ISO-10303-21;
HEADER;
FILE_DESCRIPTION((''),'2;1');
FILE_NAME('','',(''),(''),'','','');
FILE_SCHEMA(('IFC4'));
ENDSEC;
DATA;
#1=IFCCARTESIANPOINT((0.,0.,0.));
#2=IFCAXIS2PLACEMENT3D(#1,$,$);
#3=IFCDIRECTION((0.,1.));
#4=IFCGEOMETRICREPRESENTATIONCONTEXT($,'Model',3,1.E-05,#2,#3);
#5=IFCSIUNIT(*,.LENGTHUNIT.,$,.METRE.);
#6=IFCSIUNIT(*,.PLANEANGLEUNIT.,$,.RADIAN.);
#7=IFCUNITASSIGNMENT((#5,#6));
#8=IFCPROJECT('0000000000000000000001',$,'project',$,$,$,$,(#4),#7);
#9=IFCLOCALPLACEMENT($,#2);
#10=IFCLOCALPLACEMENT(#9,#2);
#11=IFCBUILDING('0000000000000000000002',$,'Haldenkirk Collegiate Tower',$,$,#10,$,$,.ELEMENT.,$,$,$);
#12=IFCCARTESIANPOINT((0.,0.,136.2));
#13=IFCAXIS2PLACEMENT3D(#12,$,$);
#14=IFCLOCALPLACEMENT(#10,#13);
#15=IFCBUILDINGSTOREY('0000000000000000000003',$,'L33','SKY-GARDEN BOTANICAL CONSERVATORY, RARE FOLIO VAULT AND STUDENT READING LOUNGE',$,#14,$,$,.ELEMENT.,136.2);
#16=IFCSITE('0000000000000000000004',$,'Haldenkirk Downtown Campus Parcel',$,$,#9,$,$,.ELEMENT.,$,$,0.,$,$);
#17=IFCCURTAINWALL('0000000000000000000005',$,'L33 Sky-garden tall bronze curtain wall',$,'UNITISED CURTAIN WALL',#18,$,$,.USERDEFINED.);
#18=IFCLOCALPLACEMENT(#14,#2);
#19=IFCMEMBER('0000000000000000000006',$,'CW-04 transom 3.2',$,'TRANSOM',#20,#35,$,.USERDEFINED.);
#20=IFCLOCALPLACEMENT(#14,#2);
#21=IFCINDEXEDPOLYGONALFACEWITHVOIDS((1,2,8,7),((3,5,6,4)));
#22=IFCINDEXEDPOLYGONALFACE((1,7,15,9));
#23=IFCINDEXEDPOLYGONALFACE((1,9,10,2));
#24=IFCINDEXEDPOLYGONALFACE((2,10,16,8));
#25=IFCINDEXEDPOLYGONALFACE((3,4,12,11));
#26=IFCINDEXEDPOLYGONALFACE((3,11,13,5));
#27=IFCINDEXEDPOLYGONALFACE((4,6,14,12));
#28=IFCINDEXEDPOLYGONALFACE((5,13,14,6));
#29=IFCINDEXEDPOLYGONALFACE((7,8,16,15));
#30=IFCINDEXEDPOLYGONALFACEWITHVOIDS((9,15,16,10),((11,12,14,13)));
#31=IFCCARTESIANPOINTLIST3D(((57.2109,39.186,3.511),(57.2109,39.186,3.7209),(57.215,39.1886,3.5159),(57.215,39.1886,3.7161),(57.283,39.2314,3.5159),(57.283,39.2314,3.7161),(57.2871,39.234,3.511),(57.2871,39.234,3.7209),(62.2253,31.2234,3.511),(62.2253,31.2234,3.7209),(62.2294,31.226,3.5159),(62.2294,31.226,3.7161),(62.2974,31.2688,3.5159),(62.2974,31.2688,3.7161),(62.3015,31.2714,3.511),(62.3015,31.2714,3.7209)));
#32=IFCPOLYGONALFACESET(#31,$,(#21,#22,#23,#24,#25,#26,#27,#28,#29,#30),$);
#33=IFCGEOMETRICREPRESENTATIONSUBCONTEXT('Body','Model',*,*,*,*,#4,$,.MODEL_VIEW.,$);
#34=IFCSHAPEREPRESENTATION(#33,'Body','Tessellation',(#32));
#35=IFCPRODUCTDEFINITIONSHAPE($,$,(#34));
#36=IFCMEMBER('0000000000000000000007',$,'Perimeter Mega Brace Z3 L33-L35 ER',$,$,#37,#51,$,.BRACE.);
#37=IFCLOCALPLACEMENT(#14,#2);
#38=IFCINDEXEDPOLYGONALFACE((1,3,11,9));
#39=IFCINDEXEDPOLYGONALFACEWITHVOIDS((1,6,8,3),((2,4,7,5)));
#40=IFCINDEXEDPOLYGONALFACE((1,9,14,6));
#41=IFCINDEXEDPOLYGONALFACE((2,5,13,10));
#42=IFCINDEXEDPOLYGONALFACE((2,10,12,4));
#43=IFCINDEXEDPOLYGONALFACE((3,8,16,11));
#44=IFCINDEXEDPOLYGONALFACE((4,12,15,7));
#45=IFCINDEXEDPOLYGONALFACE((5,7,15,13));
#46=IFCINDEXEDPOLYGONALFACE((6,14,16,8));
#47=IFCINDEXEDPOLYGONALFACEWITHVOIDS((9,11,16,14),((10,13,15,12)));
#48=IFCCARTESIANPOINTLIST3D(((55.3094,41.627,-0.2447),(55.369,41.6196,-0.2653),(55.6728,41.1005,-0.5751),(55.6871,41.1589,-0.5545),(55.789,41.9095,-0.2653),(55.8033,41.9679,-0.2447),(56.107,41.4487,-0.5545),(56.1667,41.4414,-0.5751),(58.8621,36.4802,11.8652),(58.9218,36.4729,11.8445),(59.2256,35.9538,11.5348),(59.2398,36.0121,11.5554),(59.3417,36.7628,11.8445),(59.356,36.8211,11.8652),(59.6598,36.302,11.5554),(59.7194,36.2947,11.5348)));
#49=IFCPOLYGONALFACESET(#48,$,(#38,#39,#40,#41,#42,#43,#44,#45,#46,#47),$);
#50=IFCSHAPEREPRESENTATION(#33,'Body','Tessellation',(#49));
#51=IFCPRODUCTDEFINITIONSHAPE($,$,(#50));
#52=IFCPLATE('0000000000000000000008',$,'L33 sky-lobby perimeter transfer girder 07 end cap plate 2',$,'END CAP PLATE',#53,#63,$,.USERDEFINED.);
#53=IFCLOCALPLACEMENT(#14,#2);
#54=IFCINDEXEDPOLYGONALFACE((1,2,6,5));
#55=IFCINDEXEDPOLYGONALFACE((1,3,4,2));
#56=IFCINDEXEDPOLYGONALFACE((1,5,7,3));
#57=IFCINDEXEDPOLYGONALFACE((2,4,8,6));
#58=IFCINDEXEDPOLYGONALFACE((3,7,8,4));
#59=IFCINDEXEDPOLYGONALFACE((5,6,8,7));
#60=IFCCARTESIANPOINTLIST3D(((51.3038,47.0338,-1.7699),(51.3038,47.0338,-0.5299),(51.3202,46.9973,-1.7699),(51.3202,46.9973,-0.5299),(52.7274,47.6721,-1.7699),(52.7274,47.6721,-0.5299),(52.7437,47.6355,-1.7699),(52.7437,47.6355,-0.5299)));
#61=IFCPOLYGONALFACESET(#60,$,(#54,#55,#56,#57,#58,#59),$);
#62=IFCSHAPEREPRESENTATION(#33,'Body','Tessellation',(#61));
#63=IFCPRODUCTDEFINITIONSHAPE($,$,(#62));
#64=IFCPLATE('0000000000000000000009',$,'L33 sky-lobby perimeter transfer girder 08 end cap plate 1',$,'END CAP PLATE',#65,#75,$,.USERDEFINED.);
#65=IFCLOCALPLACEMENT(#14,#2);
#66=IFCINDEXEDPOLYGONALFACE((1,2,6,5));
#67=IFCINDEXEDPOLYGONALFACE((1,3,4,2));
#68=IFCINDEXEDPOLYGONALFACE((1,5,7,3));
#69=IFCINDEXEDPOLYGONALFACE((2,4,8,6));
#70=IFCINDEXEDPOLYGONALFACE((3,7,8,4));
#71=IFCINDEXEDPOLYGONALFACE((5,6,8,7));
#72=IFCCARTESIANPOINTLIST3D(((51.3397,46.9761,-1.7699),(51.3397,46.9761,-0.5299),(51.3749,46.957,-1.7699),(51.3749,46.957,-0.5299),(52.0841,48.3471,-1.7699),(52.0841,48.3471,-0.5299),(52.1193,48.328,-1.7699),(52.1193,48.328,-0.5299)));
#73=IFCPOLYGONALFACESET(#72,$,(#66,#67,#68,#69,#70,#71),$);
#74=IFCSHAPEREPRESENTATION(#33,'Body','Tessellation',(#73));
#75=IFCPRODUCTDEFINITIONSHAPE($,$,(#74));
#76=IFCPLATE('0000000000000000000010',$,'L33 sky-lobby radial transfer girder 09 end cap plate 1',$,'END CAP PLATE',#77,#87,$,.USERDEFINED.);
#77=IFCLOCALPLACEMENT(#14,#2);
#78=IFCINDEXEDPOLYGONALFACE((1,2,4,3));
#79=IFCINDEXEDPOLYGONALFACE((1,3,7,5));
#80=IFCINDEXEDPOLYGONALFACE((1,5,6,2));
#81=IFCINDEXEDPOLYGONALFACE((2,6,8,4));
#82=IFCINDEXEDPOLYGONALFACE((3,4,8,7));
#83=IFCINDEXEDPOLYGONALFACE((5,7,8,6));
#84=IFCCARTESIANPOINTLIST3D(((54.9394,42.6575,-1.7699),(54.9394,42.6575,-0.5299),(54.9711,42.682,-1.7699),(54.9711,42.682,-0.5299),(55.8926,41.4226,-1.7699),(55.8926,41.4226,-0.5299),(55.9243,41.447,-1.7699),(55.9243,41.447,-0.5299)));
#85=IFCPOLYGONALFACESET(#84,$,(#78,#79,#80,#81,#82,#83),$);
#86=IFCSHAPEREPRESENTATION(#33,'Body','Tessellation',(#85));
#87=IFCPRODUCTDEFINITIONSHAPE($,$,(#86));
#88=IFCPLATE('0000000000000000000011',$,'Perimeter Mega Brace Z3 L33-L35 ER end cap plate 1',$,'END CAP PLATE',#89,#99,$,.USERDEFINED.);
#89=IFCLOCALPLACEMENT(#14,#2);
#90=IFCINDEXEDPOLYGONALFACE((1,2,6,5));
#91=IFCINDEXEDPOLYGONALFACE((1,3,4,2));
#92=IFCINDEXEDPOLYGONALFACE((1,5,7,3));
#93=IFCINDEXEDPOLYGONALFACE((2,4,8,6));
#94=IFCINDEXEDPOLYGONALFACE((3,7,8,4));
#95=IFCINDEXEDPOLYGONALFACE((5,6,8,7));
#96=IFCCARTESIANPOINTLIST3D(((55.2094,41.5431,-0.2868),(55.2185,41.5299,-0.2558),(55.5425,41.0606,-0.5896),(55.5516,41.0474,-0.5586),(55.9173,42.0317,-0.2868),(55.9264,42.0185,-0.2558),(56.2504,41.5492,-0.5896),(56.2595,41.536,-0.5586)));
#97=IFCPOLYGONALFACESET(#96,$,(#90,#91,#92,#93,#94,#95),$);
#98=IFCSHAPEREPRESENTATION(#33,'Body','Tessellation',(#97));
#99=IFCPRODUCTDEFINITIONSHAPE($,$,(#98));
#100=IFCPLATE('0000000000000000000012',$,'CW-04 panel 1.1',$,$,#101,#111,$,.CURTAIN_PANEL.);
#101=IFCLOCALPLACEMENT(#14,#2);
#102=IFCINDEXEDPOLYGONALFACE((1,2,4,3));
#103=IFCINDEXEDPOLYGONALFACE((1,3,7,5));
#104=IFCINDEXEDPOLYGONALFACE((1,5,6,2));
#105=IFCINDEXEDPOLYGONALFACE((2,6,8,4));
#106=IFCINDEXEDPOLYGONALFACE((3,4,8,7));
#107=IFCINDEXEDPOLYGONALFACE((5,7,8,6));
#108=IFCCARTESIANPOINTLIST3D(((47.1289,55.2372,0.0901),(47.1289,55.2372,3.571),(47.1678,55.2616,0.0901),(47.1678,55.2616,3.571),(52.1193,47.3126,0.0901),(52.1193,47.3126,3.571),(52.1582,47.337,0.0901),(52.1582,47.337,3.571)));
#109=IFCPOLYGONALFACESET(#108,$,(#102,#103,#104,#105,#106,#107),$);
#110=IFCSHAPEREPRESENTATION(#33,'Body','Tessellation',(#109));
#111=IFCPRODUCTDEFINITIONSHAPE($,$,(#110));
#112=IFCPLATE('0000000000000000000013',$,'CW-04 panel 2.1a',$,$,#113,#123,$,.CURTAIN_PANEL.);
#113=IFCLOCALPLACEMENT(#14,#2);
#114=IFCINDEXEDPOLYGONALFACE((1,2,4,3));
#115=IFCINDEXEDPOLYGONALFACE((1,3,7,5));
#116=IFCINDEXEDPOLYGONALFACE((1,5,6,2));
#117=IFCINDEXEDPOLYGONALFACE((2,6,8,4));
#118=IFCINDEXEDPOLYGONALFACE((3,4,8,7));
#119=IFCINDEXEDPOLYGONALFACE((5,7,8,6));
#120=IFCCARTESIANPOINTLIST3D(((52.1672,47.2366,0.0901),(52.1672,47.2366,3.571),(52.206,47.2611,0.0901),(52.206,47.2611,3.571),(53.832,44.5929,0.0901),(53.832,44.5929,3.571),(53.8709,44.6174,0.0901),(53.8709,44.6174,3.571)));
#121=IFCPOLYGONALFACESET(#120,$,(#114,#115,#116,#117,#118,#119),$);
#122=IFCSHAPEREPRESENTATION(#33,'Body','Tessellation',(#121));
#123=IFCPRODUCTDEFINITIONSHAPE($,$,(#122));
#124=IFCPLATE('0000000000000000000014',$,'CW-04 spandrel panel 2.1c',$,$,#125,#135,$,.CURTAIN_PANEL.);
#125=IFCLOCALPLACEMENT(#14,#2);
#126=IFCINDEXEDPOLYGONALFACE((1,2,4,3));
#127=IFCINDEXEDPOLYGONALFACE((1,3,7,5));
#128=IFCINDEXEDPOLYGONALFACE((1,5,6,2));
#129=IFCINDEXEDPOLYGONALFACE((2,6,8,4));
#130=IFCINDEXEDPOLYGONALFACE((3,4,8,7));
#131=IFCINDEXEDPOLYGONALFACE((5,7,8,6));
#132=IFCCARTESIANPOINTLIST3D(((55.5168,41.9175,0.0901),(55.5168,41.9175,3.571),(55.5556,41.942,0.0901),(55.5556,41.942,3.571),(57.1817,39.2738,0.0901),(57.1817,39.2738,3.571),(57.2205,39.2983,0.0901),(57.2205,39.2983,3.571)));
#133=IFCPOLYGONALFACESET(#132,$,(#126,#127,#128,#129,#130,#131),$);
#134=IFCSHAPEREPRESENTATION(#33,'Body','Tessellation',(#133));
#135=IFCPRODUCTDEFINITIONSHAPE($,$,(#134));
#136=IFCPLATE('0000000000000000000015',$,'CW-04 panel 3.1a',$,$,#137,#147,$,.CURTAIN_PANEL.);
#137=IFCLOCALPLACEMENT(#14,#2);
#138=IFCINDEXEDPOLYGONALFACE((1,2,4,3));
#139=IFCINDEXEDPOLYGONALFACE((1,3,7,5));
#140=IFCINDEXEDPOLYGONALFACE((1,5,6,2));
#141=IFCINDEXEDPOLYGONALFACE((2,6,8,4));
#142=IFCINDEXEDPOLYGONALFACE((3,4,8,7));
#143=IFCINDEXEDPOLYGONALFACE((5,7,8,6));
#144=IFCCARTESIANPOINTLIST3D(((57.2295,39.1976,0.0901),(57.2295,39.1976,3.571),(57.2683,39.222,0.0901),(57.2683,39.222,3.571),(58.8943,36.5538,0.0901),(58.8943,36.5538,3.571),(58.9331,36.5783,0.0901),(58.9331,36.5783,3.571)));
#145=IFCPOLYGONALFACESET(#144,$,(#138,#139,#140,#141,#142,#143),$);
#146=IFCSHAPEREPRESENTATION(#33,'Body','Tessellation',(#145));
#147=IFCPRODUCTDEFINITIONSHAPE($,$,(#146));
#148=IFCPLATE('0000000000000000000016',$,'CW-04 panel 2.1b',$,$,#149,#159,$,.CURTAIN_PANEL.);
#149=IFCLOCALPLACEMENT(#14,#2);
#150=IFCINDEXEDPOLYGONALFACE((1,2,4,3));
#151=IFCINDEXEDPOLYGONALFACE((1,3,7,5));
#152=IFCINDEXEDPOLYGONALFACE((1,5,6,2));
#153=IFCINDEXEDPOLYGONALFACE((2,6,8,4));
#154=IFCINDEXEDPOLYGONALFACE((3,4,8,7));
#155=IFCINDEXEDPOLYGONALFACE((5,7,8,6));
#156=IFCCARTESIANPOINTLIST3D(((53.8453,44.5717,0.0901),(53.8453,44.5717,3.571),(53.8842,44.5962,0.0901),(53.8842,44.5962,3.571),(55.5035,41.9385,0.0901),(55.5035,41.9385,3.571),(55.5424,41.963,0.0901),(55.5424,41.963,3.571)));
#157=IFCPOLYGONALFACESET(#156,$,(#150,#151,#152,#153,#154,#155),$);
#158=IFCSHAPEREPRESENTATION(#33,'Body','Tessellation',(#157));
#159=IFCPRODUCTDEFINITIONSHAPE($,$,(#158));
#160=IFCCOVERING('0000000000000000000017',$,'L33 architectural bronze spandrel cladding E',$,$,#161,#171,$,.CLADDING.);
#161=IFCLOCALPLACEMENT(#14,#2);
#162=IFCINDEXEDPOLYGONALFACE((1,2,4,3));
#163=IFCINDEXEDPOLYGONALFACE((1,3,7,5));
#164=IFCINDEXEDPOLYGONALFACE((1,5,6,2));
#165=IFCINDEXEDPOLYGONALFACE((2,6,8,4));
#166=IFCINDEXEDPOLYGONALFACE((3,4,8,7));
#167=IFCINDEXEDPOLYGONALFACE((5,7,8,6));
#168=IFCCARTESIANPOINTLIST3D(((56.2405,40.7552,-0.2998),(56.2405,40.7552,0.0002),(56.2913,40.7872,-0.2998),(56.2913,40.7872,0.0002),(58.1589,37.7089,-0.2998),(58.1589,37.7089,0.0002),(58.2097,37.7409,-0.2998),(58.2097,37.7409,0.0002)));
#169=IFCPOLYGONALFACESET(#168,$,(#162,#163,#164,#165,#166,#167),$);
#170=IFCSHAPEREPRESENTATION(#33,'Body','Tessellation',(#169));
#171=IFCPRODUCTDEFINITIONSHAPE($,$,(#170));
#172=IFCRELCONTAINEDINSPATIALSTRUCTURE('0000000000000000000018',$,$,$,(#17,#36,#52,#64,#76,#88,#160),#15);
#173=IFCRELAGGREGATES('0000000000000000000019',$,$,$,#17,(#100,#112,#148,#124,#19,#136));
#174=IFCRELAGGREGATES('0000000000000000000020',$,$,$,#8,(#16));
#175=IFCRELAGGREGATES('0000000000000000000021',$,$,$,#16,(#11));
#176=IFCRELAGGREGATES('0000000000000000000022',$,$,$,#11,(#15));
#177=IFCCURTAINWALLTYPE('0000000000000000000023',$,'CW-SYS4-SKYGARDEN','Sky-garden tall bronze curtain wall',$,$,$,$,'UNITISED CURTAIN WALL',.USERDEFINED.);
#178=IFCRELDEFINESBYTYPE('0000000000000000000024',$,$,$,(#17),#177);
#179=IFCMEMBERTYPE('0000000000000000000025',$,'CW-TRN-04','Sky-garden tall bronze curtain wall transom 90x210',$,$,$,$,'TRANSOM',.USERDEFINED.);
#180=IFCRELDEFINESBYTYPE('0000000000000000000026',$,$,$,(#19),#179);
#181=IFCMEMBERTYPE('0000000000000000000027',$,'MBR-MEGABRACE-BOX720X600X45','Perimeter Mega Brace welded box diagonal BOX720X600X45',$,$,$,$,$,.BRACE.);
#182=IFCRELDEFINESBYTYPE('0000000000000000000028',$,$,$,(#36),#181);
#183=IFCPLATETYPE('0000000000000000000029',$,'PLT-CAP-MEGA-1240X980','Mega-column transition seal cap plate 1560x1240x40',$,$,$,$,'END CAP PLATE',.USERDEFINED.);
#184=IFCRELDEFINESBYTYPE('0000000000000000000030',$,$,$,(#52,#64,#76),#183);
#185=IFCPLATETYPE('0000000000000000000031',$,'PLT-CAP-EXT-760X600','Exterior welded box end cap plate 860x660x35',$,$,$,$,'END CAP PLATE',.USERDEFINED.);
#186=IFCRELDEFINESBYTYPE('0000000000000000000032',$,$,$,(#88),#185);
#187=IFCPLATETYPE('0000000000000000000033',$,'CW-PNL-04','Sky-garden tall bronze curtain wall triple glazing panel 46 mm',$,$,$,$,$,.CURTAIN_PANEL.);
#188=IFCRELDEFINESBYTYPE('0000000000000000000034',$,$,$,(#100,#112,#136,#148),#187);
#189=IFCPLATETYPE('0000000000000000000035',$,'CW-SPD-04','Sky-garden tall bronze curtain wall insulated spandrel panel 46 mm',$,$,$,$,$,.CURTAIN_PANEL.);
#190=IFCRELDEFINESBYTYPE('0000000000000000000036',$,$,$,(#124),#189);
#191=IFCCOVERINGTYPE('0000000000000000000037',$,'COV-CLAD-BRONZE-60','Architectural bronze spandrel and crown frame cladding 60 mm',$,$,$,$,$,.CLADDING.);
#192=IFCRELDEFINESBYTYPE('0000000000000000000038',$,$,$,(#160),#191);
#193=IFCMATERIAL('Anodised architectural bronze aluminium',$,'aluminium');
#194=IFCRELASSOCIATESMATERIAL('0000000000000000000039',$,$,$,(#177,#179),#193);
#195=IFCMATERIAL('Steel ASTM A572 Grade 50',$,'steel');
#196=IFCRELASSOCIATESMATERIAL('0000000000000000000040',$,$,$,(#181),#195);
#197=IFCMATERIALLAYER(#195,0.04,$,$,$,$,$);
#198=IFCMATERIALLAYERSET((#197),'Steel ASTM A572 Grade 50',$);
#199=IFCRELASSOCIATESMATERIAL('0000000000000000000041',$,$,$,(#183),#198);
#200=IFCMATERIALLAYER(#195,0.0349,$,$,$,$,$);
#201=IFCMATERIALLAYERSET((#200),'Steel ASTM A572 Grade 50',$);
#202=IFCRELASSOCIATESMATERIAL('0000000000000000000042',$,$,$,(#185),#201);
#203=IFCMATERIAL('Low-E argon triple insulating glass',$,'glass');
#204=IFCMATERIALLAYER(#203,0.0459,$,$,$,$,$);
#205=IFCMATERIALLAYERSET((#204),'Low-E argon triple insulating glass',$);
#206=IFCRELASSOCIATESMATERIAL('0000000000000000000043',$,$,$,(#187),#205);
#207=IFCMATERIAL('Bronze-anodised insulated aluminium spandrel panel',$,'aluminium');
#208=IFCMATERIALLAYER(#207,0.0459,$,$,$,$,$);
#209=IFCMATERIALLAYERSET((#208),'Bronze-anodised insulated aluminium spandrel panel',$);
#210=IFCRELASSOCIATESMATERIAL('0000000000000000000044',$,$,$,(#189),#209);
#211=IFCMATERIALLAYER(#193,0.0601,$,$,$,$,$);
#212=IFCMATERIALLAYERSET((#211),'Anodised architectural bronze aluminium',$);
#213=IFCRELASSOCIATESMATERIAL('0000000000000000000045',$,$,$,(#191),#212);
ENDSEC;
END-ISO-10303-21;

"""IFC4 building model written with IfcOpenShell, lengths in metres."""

from ifc_helpers import new_model, si_unit, direction, frame, origin, origin_2d, place, context, subcontext, project, spatial, rectangle, hollow_rectangle, extrude, source, transform, mapped, material, layer, layer_set, material_profile, profile_set, type_object, element, aggregate, save


model = new_model("IFC4")

# Units and contexts
model_context = context("Model", 3, precision=1e-05, world=origin(), true_north=direction((0.0, 1.0)))
body_context = subcontext(model_context, "Body", "Model", "MODEL_VIEW")
ifc_project = project(units=[si_unit("LENGTHUNIT", "METRE"), si_unit("PLANEANGLEUNIT", "RADIAN")], contexts=[model_context])

# Site, building, storey
site_placement = place(None, origin())
site = spatial("IfcSite", under=ifc_project, at=site_placement, Name="Haldenkirk Downtown Campus Parcel", CompositionType="ELEMENT", RefElevation=0.0)
building_placement = place(site_placement, origin())
building = spatial("IfcBuilding", under=site, at=building_placement, Name="Haldenkirk Collegiate Tower", CompositionType="ELEMENT")
storey_placement = place(building_placement, frame((0.0, 0.0, 136.2)))
storey = spatial("IfcBuildingStorey", under=building, at=storey_placement, Name="L33", Description="SKY-GARDEN BOTANICAL CONSERVATORY, RARE FOLIO VAULT AND STUDENT READING LOUNGE", CompositionType="ELEMENT", Elevation=136.2)

# Shared definitions
ifc_material_1 = material(Name="Steel ASTM A572 Grade 50", Category="steel")

# Curtain wall, member
ifc_material_2 = material(Name="Anodised architectural bronze aluminium", Category="aluminium")
curtain_wall_type = type_object("IfcCurtainWallType", Name="CW-SYS4-SKYGARDEN", Description="Sky-garden tall bronze curtain wall", ElementType="UNITISED CURTAIN WALL", PredefinedType="USERDEFINED", material=ifc_material_2)
curtain_wall_placement = place(storey_placement, origin())
curtain_wall = element("IfcCurtainWall", 1, at=curtain_wall_placement, inside=storey, type_object=curtain_wall_type, Name="L33 Sky-garden tall bronze curtain wall", ObjectType="UNITISED CURTAIN WALL", PredefinedType="USERDEFINED")
ifc_material_profile_1 = material_profile(ifc_material_2, hollow_rectangle(XDim=0.0901, YDim=0.21, WallThickness=0.0049, at=origin_2d()), Name="CW-TRN-04")
ifc_profile_set_1 = profile_set([ifc_material_profile_1], Name="Anodised architectural bronze aluminium")
member_type_1 = type_object("IfcMemberType", Name="CW-TRN-04", Description="Sky-garden tall bronze curtain wall transom 90x210", ElementType="TRANSOM", PredefinedType="USERDEFINED", material=ifc_profile_set_1)
member_1_placement = place(storey_placement, frame((57.249, 39.21, 3.616), z_axis=(0.532881, -0.84619, 0.0), x_axis=(0.84619, 0.532881, 0.0)))
member_1 = element("IfcMember", 2, at=member_1_placement, type_object=member_type_1, Name="CW-04 transom 3.2", ObjectType="TRANSOM", PredefinedType="USERDEFINED", context=body_context, shape_type="SweptSolid", body=[
    extrude(hollow_rectangle(XDim=0.0901, YDim=0.21, WallThickness=0.0049, at=origin_2d()), origin(), (0.0, 0.0, 1.0), 9.4099),
])

# Member
ifc_material_profile_2 = material_profile(ifc_material_1, hollow_rectangle(XDim=0.6001, YDim=0.72, WallThickness=0.0449, at=origin_2d()), Name="BOX720X600X45")
ifc_profile_set_2 = profile_set([ifc_material_profile_2], Name="Steel ASTM A572 Grade 50")
member_type_2 = type_object("IfcMemberType", Name="MBR-MEGABRACE-BOX720X600X45", Description="Perimeter Mega Brace welded box diagonal BOX720X600X45", PredefinedType="BRACE", material=ifc_profile_set_2)
member_2_placement = place(storey_placement, frame((55.738, 41.5342, -0.4099), z_axis=(0.260668, -0.377621, 0.888513), x_axis=(0.822969, 0.568087, 0.0)))
element("IfcMember", 3, at=member_2_placement, inside=storey, type_object=member_type_2, Name="Perimeter Mega Brace Z3 L33-L35 ER", PredefinedType="BRACE", context=body_context, shape_type="SweptSolid", body=[
    extrude(hollow_rectangle(XDim=0.6001, YDim=0.72, WallThickness=0.0449, at=origin_2d()), origin(), (0.0, 0.0, 1.0), 13.6294),
])

# Plates
ifc_layer_1 = layer(ifc_material_1, 0.04)
ifc_layer_set_1 = layer_set([ifc_layer_1], Name="Steel ASTM A572 Grade 50")
plate_type_1 = type_object("IfcPlateType", Name="PLT-CAP-MEGA-1240X980", Description="Mega-column transition seal cap plate 1560x1240x40", ElementType="END CAP PLATE", PredefinedType="USERDEFINED", material=ifc_layer_set_1)
shared_shape_1 = source(origin(), body_context, "Body", "SweptSolid", [
    extrude(rectangle(XDim=1.5601, YDim=1.24, at=origin_2d()), origin(), (0.0, 0.0, 1.0), 0.04),
])
for number, where, z_axis, x_axis, name in (
    (4, (52.032, 47.3164, -1.1499), (-0.409132, 0.912475, 0.0), (-0.912475, -0.409132, 0.0), "L33 sky-lobby perimeter transfer girder 07 end cap plate 2"),
    (5, (51.7119, 47.6616, -1.1499), (0.878827, -0.47714, 0.0), (0.47714, 0.878827, 0.0), "L33 sky-lobby perimeter transfer girder 08 end cap plate 1"),
    (6, (55.416, 42.04, -1.1499), (0.791606, 0.611032, 0.0), (-0.611032, 0.791606, 0.0), "L33 sky-lobby radial transfer girder 09 end cap plate 1"),
):
    element("IfcPlate", number, at=place(storey_placement, frame(where, z_axis=z_axis, x_axis=x_axis)), inside=storey, type_object=plate_type_1, Name=name, ObjectType="END CAP PLATE", PredefinedType="USERDEFINED", context=body_context, shape_type="MappedRepresentation", body=[
        mapped(shared_shape_1, transform((0.0, 0.0, 0.0), x_axis=(1.0, 0.0, 0.0), y_axis=(0.0, 1.0, 0.0), z_axis=(0.0, 0.0, 1.0), scale=1.0)),
    ])
ifc_layer_2 = layer(ifc_material_1, 0.0349)
ifc_layer_set_2 = layer_set([ifc_layer_2], Name="Steel ASTM A572 Grade 50")
plate_type_2 = type_object("IfcPlateType", Name="PLT-CAP-EXT-760X600", Description="Exterior welded box end cap plate 860x660x35", ElementType="END CAP PLATE", PredefinedType="USERDEFINED", material=ifc_layer_set_2)
shared_shape_2 = source(origin(), body_context, "Body", "SweptSolid", [
    extrude(rectangle(XDim=0.8601, YDim=0.6599, at=origin_2d()), origin(), (0.0, 0.0, 1.0), 0.0349),
])
plate_1_placement = place(storey_placement, frame((55.739, 41.533, -0.4072), z_axis=(-0.260664, 0.377609, -0.888519), x_axis=(-0.822964, -0.568093, 0.0)))
element("IfcPlate", 7, at=plate_1_placement, inside=storey, type_object=plate_type_2, Name="Perimeter Mega Brace Z3 L33-L35 ER end cap plate 1", ObjectType="END CAP PLATE", PredefinedType="USERDEFINED", context=body_context, shape_type="MappedRepresentation", body=[
    mapped(shared_shape_2, transform((0.0, 0.0, 0.0), x_axis=(1.0, 0.0, 0.0), y_axis=(0.0, 1.0, 0.0), z_axis=(0.0, 0.0, 1.0), scale=1.0)),
])

# Plates
ifc_material_3 = material(Name="Low-E argon triple insulating glass", Category="glass")
ifc_layer_3 = layer(ifc_material_3, 0.0459)
ifc_layer_set_3 = layer_set([ifc_layer_3], Name="Low-E argon triple insulating glass")
plate_type_3 = type_object("IfcPlateType", Name="CW-PNL-04", Description="Sky-garden tall bronze curtain wall triple glazing panel 46 mm", PredefinedType="CURTAIN_PANEL", material=ifc_layer_set_3)
shared_shape_3 = source(origin(), body_context, "Body", "SweptSolid", [
    extrude(rectangle(XDim=9.365, YDim=0.0459, at=origin_2d()), origin(), (0.0, 0.0, 1.0), 3.481),
])
plate_2_placement = place(storey_placement, frame((49.6436, 51.2871, 0.0901), z_axis=(0.0, 0.0, 1.0), x_axis=(0.532877, -0.846193, 0.0)))
plate_2 = element("IfcPlate", 8, at=plate_2_placement, type_object=plate_type_3, Name="CW-04 panel 1.1", PredefinedType="CURTAIN_PANEL", context=body_context, shape_type="MappedRepresentation", body=[
    mapped(shared_shape_3, transform((0.0, 0.0, 0.0), x_axis=(1.0, 0.0, 0.0), y_axis=(0.0, 1.0, 0.0), z_axis=(0.0, 0.0, 1.0), scale=1.0)),
])
shared_shape_4 = source(origin(), body_context, "Body", "SweptSolid", [
    extrude(rectangle(XDim=3.1243, YDim=0.0459, at=origin_2d()), origin(), (0.0, 0.0, 1.0), 3.481),
])
plate_3_placement = place(storey_placement, frame((53.019, 45.927, 0.0901), z_axis=(0.0, 0.0, 1.0), x_axis=(0.532877, -0.846193, 0.0)))
plate_3 = element("IfcPlate", 9, at=plate_3_placement, type_object=plate_type_3, Name="CW-04 panel 2.1a", PredefinedType="CURTAIN_PANEL", context=body_context, shape_type="MappedRepresentation", body=[
    mapped(shared_shape_4, transform((0.0, 0.0, 0.0), x_axis=(1.0, 0.0, 0.0), y_axis=(0.0, 1.0, 0.0), z_axis=(0.0, 0.0, 1.0), scale=1.0)),
])
ifc_material_4 = material(Name="Bronze-anodised insulated aluminium spandrel panel", Category="aluminium")
ifc_layer_4 = layer(ifc_material_4, 0.0459)
ifc_layer_set_4 = layer_set([ifc_layer_4], Name="Bronze-anodised insulated aluminium spandrel panel")
plate_type_4 = type_object("IfcPlateType", Name="CW-SPD-04", Description="Sky-garden tall bronze curtain wall insulated spandrel panel 46 mm", PredefinedType="CURTAIN_PANEL", material=ifc_layer_set_4)
plate_4_placement = place(storey_placement, frame((56.3687, 40.6079, 0.0901), z_axis=(0.0, 0.0, 1.0), x_axis=(0.532877, -0.846193, 0.0)))
plate_4 = element("IfcPlate", 10, at=plate_4_placement, type_object=plate_type_4, Name="CW-04 spandrel panel 2.1c", PredefinedType="CURTAIN_PANEL", context=body_context, shape_type="MappedRepresentation", body=[
    mapped(shared_shape_4, transform((0.0, 0.0, 0.0), x_axis=(1.0, 0.0, 0.0), y_axis=(0.0, 1.0, 0.0), z_axis=(0.0, 0.0, 1.0), scale=1.0)),
])
plate_5_placement = place(storey_placement, frame((58.0813, 37.8879, 0.0901), z_axis=(0.0, 0.0, 1.0), x_axis=(0.532877, -0.846193, 0.0)))
plate_5 = element("IfcPlate", 11, at=plate_5_placement, type_object=plate_type_3, Name="CW-04 panel 3.1a", PredefinedType="CURTAIN_PANEL", context=body_context, shape_type="MappedRepresentation", body=[
    mapped(shared_shape_4, transform((0.0, 0.0, 0.0), x_axis=(1.0, 0.0, 0.0), y_axis=(0.0, 1.0, 0.0), z_axis=(0.0, 0.0, 1.0), scale=1.0)),
])
shared_shape_5 = source(origin(), body_context, "Body", "SweptSolid", [
    extrude(rectangle(XDim=3.1118, YDim=0.0459, at=origin_2d()), origin(), (0.0, 0.0, 1.0), 3.481),
])
plate_6_placement = place(storey_placement, frame((54.6938, 43.2673, 0.0901), z_axis=(0.0, 0.0, 1.0), x_axis=(0.532877, -0.846193, 0.0)))
plate_6 = element("IfcPlate", 12, at=plate_6_placement, type_object=plate_type_3, Name="CW-04 panel 2.1b", PredefinedType="CURTAIN_PANEL", context=body_context, shape_type="MappedRepresentation", body=[
    mapped(shared_shape_5, transform((0.0, 0.0, 0.0), x_axis=(1.0, 0.0, 0.0), y_axis=(0.0, 1.0, 0.0), z_axis=(0.0, 0.0, 1.0), scale=1.0)),
])
aggregate(curtain_wall, [plate_2, plate_3, plate_6, plate_4, member_1, plate_5])

# Covering
ifc_layer_5 = layer(ifc_material_2, 0.0601)
ifc_layer_set_5 = layer_set([ifc_layer_5], Name="Anodised architectural bronze aluminium")
covering_type = type_object("IfcCoveringType", Name="COV-CLAD-BRONZE-60", Description="Architectural bronze spandrel and crown frame cladding 60 mm", PredefinedType="CLADDING", material=ifc_layer_set_5)
shared_shape_6 = source(origin(), body_context, "Body", "SweptSolid", [
    extrude(rectangle(XDim=3.6001, YDim=0.0601, at=origin_2d()), origin(), (0.0, 0.0, 1.0), 0.3),
])
covering_1_placement = place(storey_placement, frame((57.2251, 39.248, -0.2998), z_axis=(0.0, 0.0, 1.0), x_axis=(0.532876, -0.846193, 0.0)))
element("IfcCovering", 13, at=covering_1_placement, inside=storey, type_object=covering_type, Name="L33 architectural bronze spandrel cladding E", PredefinedType="CLADDING", context=body_context, shape_type="MappedRepresentation", body=[
    mapped(shared_shape_6, transform((0.0, 0.0, 0.0), x_axis=(1.0, 0.0, 0.0), y_axis=(0.0, 1.0, 0.0), z_axis=(0.0, 0.0, 1.0), scale=1.0)),
])

save(model, "model.ifc")
